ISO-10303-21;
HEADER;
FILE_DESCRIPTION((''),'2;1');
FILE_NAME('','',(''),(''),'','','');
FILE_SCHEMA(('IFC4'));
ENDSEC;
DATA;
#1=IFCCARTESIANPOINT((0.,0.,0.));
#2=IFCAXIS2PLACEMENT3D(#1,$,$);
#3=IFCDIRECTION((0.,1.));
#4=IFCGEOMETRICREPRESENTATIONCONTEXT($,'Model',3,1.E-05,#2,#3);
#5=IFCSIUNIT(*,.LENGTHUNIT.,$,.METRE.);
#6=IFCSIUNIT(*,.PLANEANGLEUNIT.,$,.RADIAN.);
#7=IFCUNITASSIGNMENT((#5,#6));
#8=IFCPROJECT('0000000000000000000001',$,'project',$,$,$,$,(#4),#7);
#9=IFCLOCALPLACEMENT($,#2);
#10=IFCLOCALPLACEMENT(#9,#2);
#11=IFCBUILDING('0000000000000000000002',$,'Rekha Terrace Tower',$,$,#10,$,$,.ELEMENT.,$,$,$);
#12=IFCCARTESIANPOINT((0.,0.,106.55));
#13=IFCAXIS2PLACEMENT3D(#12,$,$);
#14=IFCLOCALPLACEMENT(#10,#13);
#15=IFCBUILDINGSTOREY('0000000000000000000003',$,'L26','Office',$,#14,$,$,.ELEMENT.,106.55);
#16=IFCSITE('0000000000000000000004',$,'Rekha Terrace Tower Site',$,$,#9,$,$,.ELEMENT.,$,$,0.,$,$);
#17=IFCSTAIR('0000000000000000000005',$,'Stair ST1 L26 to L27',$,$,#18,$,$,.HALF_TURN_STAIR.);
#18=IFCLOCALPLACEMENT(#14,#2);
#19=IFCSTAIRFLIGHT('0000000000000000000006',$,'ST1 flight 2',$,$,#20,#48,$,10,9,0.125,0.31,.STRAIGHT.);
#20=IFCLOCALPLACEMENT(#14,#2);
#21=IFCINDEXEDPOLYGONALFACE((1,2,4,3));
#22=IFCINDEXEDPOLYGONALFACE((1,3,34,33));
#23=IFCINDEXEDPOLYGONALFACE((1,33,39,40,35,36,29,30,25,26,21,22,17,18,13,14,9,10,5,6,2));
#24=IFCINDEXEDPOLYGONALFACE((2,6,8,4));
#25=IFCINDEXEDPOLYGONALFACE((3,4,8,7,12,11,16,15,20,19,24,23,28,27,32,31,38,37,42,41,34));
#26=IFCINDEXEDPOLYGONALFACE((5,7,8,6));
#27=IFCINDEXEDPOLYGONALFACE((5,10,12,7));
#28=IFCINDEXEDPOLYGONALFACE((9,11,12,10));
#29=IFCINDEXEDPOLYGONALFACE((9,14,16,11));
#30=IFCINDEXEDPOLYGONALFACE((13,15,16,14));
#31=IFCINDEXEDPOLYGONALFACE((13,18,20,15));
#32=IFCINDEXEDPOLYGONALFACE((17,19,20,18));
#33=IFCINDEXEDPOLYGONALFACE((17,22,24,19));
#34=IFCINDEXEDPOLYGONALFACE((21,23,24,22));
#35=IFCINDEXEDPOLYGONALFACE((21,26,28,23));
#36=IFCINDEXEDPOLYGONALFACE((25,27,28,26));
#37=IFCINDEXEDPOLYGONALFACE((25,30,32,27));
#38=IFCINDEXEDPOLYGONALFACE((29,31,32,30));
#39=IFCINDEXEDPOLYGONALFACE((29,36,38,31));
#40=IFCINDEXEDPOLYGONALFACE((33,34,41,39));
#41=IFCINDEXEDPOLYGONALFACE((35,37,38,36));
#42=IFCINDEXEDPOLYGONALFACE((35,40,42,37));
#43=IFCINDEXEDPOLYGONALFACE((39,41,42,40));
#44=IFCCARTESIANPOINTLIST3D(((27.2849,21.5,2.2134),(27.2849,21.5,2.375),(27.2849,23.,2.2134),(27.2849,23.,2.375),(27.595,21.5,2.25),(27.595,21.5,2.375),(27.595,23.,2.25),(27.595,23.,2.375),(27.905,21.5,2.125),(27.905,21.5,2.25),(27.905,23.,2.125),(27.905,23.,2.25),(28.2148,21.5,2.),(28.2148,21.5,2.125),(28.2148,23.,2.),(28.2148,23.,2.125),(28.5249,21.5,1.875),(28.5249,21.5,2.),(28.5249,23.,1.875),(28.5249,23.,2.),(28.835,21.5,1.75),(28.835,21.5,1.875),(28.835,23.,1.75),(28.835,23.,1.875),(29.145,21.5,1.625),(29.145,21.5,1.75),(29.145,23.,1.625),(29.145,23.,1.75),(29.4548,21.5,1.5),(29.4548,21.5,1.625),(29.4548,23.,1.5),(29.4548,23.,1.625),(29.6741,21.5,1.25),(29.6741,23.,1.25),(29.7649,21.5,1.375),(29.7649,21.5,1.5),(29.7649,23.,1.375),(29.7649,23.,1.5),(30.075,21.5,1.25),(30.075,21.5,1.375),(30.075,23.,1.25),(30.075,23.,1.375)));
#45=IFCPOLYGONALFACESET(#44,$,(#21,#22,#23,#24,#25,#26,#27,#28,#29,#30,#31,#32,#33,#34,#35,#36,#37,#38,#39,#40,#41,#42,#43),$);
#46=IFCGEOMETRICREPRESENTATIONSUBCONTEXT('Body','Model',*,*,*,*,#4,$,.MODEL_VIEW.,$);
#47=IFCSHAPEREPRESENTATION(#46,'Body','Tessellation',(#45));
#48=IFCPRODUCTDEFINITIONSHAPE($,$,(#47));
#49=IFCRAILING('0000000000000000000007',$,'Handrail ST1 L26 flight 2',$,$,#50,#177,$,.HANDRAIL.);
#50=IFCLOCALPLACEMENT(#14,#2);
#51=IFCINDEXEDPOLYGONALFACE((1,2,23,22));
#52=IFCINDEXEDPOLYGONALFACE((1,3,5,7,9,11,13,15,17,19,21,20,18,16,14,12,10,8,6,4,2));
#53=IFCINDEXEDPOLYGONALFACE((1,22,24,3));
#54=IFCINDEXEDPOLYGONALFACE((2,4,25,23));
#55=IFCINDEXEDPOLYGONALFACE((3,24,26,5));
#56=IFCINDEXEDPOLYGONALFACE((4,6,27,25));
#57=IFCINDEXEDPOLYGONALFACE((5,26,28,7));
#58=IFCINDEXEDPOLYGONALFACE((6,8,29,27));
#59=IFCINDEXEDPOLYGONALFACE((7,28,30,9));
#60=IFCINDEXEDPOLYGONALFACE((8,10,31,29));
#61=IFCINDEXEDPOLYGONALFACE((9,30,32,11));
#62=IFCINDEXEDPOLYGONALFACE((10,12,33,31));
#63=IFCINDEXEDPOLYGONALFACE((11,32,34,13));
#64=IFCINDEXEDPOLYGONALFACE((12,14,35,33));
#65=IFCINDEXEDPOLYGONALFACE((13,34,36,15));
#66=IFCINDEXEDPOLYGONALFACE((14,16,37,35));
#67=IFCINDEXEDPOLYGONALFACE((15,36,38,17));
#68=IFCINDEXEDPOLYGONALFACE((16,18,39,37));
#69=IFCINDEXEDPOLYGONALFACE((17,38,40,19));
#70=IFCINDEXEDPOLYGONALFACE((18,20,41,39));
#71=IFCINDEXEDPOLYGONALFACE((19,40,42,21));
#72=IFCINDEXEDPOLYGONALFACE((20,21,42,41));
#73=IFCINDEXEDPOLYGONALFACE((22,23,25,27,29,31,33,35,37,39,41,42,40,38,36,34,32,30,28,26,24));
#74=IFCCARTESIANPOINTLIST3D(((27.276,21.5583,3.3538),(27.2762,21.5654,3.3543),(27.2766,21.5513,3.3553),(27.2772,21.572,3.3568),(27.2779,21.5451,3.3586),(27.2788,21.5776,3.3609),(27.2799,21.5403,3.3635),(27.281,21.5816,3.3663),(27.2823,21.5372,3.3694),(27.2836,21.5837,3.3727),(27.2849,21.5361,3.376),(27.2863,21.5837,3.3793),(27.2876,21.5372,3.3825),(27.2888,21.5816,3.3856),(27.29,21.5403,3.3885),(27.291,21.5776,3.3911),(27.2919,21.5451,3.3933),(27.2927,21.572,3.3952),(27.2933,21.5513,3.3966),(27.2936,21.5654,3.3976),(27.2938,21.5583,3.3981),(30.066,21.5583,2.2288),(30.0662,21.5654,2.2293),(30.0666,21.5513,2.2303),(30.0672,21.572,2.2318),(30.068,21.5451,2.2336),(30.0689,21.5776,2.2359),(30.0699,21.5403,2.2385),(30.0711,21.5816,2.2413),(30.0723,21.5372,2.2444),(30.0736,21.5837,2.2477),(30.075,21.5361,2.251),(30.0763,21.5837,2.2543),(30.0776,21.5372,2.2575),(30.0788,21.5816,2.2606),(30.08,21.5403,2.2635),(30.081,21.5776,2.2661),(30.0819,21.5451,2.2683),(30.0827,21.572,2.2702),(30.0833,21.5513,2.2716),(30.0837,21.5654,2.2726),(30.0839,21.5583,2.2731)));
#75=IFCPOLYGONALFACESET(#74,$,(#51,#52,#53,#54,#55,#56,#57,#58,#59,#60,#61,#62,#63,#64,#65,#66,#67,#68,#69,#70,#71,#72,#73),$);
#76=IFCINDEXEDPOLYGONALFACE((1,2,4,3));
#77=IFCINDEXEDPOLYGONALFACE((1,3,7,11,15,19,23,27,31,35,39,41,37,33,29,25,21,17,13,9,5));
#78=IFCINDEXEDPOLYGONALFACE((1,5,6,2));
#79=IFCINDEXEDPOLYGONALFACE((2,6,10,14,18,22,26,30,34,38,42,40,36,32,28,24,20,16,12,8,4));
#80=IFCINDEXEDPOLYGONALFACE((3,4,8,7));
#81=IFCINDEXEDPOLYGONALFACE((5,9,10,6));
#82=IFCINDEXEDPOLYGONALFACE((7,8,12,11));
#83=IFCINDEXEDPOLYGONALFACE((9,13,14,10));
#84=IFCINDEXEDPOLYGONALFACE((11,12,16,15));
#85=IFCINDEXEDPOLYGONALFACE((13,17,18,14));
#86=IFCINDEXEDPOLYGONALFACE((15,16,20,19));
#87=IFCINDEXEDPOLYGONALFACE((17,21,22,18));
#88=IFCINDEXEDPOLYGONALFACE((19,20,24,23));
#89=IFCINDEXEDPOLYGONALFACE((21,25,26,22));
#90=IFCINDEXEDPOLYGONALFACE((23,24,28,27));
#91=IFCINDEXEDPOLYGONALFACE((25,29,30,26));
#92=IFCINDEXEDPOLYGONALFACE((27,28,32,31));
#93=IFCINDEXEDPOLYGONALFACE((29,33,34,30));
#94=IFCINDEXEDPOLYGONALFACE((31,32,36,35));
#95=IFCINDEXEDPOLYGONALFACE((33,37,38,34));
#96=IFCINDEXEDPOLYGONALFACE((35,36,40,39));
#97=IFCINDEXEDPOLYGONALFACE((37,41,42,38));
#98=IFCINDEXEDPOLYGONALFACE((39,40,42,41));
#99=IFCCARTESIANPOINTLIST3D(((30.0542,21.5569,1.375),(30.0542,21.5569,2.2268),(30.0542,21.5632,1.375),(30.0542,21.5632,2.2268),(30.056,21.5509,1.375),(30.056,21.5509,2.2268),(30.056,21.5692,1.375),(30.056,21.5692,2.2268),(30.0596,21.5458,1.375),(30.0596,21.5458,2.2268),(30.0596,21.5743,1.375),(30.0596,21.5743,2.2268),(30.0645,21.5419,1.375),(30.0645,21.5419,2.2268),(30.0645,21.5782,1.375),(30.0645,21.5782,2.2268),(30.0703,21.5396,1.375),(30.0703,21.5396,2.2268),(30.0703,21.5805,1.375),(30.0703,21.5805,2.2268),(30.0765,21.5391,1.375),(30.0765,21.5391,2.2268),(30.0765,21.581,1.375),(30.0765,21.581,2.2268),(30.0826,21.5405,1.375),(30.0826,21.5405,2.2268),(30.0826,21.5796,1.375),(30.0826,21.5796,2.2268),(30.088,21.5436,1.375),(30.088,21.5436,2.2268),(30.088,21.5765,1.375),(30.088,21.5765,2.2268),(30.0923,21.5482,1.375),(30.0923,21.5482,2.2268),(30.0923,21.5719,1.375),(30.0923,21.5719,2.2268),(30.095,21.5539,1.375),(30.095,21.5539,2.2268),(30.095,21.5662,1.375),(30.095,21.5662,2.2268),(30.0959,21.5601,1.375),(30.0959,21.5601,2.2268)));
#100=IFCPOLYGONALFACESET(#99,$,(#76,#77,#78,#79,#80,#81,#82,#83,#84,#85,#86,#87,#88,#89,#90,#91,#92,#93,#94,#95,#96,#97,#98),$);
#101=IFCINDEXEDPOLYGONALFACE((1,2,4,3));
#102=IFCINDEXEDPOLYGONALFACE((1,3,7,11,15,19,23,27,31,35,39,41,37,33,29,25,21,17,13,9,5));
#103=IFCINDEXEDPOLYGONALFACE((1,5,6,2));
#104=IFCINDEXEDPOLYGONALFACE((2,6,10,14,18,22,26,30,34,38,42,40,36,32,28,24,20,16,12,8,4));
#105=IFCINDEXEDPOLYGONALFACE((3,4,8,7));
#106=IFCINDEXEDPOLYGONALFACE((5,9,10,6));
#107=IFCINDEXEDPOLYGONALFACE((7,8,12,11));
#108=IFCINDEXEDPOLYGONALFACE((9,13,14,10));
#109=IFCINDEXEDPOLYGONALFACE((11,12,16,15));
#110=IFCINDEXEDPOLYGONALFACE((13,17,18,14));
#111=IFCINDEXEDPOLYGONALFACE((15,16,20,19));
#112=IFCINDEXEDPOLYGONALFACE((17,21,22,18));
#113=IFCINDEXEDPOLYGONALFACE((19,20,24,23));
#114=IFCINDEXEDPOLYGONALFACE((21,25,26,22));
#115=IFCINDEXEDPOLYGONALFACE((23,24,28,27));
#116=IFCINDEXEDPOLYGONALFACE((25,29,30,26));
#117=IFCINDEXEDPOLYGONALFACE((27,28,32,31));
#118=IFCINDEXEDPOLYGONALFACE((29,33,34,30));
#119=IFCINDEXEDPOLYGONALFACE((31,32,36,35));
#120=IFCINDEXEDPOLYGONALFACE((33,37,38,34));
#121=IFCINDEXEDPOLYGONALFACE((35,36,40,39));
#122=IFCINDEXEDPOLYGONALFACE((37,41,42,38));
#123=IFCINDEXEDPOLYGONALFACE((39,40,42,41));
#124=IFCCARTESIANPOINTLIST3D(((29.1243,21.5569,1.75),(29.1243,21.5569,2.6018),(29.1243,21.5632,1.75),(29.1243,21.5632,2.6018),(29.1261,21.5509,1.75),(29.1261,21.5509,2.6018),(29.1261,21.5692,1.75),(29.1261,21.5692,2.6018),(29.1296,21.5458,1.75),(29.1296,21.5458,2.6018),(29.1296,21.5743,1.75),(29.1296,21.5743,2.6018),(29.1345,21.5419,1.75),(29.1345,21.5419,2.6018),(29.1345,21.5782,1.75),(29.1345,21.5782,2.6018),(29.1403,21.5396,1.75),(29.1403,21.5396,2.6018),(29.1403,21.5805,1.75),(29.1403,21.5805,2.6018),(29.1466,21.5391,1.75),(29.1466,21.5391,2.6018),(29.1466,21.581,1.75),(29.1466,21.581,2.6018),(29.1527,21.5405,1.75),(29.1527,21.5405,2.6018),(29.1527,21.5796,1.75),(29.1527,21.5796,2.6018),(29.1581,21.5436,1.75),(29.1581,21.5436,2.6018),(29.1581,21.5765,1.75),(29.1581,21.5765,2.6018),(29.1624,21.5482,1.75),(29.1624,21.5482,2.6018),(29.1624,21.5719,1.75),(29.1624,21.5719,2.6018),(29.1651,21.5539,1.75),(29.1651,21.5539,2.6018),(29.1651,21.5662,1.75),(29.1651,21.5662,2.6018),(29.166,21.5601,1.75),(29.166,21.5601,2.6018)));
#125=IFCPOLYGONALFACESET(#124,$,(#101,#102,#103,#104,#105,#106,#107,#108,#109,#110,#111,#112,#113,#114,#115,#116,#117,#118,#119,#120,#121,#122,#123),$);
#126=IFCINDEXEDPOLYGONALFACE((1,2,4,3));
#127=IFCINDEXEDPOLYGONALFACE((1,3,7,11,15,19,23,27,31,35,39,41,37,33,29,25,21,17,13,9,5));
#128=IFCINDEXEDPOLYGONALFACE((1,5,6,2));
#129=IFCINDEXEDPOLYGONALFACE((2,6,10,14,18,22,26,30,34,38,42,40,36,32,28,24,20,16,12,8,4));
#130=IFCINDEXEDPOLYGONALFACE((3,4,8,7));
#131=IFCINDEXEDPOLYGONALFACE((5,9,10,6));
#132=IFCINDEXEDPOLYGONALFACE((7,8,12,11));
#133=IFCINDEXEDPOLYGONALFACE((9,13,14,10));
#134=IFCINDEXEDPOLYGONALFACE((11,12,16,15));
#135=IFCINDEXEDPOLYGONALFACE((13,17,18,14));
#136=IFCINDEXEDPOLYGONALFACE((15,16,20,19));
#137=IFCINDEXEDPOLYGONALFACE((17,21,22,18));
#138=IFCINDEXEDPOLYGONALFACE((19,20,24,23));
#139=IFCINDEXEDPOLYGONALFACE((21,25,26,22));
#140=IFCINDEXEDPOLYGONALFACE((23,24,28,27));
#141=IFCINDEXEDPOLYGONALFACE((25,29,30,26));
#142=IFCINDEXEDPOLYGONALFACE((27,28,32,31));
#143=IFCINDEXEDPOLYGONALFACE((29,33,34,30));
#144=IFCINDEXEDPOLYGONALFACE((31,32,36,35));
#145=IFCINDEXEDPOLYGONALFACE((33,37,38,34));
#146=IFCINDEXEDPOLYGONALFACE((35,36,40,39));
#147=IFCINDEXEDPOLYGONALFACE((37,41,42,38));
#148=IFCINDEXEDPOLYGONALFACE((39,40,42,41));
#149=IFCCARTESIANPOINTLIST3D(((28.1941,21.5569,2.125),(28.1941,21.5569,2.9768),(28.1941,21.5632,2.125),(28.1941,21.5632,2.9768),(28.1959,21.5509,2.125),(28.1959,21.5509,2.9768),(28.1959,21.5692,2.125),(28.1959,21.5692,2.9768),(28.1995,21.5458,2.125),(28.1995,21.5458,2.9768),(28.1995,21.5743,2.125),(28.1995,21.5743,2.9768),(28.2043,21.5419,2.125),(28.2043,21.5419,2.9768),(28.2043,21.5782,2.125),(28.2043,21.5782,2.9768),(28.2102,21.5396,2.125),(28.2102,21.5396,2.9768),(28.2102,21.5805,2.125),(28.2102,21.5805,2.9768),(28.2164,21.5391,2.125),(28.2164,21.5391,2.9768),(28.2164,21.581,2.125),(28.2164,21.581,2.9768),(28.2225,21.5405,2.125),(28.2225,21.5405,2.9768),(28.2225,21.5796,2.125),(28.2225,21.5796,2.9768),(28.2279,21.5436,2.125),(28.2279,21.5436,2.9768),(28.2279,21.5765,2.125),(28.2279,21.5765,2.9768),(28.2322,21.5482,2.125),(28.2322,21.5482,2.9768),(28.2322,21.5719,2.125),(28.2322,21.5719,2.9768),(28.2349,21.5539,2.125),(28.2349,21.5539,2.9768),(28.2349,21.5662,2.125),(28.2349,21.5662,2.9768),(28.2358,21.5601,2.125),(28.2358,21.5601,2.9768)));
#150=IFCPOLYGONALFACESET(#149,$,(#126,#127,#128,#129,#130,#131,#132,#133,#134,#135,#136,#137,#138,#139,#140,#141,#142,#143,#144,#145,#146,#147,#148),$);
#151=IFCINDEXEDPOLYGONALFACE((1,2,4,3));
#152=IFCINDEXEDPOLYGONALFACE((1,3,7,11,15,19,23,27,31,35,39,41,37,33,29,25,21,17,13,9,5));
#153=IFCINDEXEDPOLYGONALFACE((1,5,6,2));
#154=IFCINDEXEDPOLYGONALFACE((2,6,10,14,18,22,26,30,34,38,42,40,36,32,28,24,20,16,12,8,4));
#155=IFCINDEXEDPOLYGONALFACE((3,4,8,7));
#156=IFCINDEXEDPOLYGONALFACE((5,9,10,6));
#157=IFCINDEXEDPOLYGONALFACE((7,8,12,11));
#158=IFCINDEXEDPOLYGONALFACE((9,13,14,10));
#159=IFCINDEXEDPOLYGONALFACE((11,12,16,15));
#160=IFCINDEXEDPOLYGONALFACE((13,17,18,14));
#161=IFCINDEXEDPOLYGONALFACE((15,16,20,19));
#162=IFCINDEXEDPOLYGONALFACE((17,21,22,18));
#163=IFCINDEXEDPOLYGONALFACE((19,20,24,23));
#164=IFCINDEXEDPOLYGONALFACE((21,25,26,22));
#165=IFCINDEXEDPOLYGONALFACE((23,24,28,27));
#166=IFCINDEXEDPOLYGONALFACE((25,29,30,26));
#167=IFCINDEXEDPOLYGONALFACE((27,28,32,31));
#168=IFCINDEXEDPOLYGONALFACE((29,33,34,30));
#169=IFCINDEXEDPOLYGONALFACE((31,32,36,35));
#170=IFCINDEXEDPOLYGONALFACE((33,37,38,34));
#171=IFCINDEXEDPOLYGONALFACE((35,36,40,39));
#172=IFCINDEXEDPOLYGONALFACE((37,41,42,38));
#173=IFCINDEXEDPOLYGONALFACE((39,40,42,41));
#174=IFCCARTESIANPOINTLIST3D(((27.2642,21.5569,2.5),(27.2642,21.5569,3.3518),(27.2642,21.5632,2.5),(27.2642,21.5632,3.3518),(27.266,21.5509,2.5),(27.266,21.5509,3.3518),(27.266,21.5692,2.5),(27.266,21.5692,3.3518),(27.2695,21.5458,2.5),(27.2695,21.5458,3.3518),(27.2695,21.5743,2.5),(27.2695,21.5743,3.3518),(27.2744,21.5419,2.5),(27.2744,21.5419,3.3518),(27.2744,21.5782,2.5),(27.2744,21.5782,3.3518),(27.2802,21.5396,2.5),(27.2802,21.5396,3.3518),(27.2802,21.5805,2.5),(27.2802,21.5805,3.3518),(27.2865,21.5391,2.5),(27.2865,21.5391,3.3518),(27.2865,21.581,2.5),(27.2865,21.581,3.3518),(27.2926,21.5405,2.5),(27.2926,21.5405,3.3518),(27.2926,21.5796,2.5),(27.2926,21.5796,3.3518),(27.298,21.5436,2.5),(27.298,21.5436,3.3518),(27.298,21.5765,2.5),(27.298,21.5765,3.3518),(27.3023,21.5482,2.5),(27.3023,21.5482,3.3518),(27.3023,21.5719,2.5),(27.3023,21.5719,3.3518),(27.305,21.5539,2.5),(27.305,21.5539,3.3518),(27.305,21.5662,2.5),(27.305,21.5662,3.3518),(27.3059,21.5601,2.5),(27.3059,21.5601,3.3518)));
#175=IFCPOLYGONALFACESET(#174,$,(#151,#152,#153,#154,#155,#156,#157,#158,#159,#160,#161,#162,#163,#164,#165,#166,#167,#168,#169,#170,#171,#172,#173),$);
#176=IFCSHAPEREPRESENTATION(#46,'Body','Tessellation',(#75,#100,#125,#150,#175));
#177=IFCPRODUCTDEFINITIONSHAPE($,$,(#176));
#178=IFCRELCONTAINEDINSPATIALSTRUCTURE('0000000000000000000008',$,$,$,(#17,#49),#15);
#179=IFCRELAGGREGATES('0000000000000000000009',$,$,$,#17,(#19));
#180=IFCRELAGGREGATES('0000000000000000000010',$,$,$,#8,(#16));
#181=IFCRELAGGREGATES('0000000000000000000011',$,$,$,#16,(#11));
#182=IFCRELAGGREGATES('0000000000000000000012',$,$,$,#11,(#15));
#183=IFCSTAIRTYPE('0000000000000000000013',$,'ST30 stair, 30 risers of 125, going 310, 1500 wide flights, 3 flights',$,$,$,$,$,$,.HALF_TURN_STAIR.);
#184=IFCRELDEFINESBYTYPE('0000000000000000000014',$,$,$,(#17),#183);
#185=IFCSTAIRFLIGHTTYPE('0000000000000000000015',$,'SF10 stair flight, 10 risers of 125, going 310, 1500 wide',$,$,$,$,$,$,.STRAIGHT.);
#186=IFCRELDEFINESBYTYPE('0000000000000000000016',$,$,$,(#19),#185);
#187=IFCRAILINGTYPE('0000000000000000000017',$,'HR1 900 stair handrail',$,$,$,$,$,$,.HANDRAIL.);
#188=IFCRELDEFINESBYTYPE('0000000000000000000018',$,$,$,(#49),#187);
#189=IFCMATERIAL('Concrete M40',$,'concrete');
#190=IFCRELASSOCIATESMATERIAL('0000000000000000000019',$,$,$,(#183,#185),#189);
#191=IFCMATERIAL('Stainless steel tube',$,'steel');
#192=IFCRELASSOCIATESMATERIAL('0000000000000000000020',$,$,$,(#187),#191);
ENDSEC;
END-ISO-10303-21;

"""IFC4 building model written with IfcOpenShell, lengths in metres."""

from ifc_helpers import new_model, si_unit, direction, frame, origin, origin_2d, place, context, subcontext, project, spatial, polyline, circle, outline, extrude, material, type_object, element, aggregate, save


model = new_model("IFC4")

# Units and contexts
model_context = context("Model", 3, precision=1e-05, world=origin(), true_north=direction((0.0, 1.0)))
body_context = subcontext(model_context, "Body", "Model", "MODEL_VIEW")
ifc_project = project(units=[si_unit("LENGTHUNIT", "METRE"), si_unit("PLANEANGLEUNIT", "RADIAN")], contexts=[model_context])

# Site, building, storey
site_placement = place(None, origin())
site = spatial("IfcSite", under=ifc_project, at=site_placement, Name="Rekha Terrace Tower Site", CompositionType="ELEMENT", RefElevation=0.0)
building_placement = place(site_placement, origin())
building = spatial("IfcBuilding", under=site, at=building_placement, Name="Rekha Terrace Tower", CompositionType="ELEMENT")
storey_placement = place(building_placement, frame((0.0, 0.0, 106.55)))
storey = spatial("IfcBuildingStorey", under=building, at=storey_placement, Name="L26", Description="Office", CompositionType="ELEMENT", Elevation=106.55)

# Stair, stair flight
ifc_material_1 = material(Name="Concrete M40", Category="concrete")
stair_type = type_object("IfcStairType", Name="ST30 stair, 30 risers of 125, going 310, 1500 wide flights, 3 flights", PredefinedType="HALF_TURN_STAIR", material=ifc_material_1)
stair_placement = place(storey_placement, origin())
stair = element("IfcStair", 1, at=stair_placement, inside=storey, type_object=stair_type, Name="Stair ST1 L26 to L27", PredefinedType="HALF_TURN_STAIR")
stair_flight_type = type_object("IfcStairFlightType", Name="SF10 stair flight, 10 risers of 125, going 310, 1500 wide", PredefinedType="STRAIGHT", material=ifc_material_1)
stair_flight_placement = place(storey_placement, frame((30.075, 22.25, 1.25), z_axis=(0.0, 0.0, 1.0), x_axis=(-1.0, 0.0, 0.0)))
stair_flight = element("IfcStairFlight", 2, at=stair_flight_placement, type_object=stair_flight_type, Name="ST1 flight 2", NumberOfRisers=10, NumberOfTreads=9, PredefinedType="STRAIGHT", RiserHeight=0.125, TreadLength=0.31, context=body_context, shape_type="SweptSolid", body=[
    extrude(outline(polyline([(0.0, 0.0), (0.0, 0.125), (0.3101, 0.125), (0.3101, 0.25), (0.6201, 0.25), (0.6201, 0.375), (0.9299, 0.375), (0.9299, 0.5), (1.24, 0.5), (1.24, 0.625), (1.55, 0.625), (1.55, 0.75), (1.8601, 0.75), (1.8601, 0.875), (2.1699, 0.875), (2.1699, 1.0), (2.48, 1.0), (2.48, 1.125), (2.79, 1.125), (2.79, 1.25), (2.79, 0.9634), (0.4009, 0.0), (0.0, 0.0)])), frame((0.0, 0.75, 0.0), z_axis=(0.0, -1.0, 0.0), x_axis=(1.0, 0.0, 0.0)), (0.0, 0.0, 1.0), 1.5),
])
aggregate(stair, [stair_flight])

# Railing
ifc_material_2 = material(Name="Stainless steel tube", Category="steel")
railing_type = type_object("IfcRailingType", Name="HR1 900 stair handrail", PredefinedType="HANDRAIL", material=ifc_material_2)
railing_placement = place(storey_placement, frame((30.075, 21.5601, 1.375)))
element("IfcRailing", 3, at=railing_placement, inside=storey, type_object=railing_type, Name="Handrail ST1 L26 flight 2", PredefinedType="HANDRAIL", context=body_context, shape_type="SweptSolid", body=[
    extrude(circle(Radius=0.0239, at=origin_2d()), frame((0.0, 0.0, 0.876), z_axis=(-0.927443, 0.0, 0.373964), x_axis=(0.0, -1.0, 0.0)), (0.0, 0.0, 1.0), 3.0083),
    extrude(circle(Radius=0.021, at=origin_2d()), origin(), (0.0, 0.0, 1.0), 0.8518),
    extrude(circle(Radius=0.021, at=origin_2d()), frame((-0.9299, 0.0, 0.375)), (0.0, 0.0, 1.0), 0.8518),
    extrude(circle(Radius=0.021, at=origin_2d()), frame((-1.8601, 0.0, 0.75)), (0.0, 0.0, 1.0), 0.8518),
    extrude(circle(Radius=0.021, at=origin_2d()), frame((-2.79, 0.0, 1.125)), (0.0, 0.0, 1.0), 0.8518),
])

save(model, "model.ifc")
